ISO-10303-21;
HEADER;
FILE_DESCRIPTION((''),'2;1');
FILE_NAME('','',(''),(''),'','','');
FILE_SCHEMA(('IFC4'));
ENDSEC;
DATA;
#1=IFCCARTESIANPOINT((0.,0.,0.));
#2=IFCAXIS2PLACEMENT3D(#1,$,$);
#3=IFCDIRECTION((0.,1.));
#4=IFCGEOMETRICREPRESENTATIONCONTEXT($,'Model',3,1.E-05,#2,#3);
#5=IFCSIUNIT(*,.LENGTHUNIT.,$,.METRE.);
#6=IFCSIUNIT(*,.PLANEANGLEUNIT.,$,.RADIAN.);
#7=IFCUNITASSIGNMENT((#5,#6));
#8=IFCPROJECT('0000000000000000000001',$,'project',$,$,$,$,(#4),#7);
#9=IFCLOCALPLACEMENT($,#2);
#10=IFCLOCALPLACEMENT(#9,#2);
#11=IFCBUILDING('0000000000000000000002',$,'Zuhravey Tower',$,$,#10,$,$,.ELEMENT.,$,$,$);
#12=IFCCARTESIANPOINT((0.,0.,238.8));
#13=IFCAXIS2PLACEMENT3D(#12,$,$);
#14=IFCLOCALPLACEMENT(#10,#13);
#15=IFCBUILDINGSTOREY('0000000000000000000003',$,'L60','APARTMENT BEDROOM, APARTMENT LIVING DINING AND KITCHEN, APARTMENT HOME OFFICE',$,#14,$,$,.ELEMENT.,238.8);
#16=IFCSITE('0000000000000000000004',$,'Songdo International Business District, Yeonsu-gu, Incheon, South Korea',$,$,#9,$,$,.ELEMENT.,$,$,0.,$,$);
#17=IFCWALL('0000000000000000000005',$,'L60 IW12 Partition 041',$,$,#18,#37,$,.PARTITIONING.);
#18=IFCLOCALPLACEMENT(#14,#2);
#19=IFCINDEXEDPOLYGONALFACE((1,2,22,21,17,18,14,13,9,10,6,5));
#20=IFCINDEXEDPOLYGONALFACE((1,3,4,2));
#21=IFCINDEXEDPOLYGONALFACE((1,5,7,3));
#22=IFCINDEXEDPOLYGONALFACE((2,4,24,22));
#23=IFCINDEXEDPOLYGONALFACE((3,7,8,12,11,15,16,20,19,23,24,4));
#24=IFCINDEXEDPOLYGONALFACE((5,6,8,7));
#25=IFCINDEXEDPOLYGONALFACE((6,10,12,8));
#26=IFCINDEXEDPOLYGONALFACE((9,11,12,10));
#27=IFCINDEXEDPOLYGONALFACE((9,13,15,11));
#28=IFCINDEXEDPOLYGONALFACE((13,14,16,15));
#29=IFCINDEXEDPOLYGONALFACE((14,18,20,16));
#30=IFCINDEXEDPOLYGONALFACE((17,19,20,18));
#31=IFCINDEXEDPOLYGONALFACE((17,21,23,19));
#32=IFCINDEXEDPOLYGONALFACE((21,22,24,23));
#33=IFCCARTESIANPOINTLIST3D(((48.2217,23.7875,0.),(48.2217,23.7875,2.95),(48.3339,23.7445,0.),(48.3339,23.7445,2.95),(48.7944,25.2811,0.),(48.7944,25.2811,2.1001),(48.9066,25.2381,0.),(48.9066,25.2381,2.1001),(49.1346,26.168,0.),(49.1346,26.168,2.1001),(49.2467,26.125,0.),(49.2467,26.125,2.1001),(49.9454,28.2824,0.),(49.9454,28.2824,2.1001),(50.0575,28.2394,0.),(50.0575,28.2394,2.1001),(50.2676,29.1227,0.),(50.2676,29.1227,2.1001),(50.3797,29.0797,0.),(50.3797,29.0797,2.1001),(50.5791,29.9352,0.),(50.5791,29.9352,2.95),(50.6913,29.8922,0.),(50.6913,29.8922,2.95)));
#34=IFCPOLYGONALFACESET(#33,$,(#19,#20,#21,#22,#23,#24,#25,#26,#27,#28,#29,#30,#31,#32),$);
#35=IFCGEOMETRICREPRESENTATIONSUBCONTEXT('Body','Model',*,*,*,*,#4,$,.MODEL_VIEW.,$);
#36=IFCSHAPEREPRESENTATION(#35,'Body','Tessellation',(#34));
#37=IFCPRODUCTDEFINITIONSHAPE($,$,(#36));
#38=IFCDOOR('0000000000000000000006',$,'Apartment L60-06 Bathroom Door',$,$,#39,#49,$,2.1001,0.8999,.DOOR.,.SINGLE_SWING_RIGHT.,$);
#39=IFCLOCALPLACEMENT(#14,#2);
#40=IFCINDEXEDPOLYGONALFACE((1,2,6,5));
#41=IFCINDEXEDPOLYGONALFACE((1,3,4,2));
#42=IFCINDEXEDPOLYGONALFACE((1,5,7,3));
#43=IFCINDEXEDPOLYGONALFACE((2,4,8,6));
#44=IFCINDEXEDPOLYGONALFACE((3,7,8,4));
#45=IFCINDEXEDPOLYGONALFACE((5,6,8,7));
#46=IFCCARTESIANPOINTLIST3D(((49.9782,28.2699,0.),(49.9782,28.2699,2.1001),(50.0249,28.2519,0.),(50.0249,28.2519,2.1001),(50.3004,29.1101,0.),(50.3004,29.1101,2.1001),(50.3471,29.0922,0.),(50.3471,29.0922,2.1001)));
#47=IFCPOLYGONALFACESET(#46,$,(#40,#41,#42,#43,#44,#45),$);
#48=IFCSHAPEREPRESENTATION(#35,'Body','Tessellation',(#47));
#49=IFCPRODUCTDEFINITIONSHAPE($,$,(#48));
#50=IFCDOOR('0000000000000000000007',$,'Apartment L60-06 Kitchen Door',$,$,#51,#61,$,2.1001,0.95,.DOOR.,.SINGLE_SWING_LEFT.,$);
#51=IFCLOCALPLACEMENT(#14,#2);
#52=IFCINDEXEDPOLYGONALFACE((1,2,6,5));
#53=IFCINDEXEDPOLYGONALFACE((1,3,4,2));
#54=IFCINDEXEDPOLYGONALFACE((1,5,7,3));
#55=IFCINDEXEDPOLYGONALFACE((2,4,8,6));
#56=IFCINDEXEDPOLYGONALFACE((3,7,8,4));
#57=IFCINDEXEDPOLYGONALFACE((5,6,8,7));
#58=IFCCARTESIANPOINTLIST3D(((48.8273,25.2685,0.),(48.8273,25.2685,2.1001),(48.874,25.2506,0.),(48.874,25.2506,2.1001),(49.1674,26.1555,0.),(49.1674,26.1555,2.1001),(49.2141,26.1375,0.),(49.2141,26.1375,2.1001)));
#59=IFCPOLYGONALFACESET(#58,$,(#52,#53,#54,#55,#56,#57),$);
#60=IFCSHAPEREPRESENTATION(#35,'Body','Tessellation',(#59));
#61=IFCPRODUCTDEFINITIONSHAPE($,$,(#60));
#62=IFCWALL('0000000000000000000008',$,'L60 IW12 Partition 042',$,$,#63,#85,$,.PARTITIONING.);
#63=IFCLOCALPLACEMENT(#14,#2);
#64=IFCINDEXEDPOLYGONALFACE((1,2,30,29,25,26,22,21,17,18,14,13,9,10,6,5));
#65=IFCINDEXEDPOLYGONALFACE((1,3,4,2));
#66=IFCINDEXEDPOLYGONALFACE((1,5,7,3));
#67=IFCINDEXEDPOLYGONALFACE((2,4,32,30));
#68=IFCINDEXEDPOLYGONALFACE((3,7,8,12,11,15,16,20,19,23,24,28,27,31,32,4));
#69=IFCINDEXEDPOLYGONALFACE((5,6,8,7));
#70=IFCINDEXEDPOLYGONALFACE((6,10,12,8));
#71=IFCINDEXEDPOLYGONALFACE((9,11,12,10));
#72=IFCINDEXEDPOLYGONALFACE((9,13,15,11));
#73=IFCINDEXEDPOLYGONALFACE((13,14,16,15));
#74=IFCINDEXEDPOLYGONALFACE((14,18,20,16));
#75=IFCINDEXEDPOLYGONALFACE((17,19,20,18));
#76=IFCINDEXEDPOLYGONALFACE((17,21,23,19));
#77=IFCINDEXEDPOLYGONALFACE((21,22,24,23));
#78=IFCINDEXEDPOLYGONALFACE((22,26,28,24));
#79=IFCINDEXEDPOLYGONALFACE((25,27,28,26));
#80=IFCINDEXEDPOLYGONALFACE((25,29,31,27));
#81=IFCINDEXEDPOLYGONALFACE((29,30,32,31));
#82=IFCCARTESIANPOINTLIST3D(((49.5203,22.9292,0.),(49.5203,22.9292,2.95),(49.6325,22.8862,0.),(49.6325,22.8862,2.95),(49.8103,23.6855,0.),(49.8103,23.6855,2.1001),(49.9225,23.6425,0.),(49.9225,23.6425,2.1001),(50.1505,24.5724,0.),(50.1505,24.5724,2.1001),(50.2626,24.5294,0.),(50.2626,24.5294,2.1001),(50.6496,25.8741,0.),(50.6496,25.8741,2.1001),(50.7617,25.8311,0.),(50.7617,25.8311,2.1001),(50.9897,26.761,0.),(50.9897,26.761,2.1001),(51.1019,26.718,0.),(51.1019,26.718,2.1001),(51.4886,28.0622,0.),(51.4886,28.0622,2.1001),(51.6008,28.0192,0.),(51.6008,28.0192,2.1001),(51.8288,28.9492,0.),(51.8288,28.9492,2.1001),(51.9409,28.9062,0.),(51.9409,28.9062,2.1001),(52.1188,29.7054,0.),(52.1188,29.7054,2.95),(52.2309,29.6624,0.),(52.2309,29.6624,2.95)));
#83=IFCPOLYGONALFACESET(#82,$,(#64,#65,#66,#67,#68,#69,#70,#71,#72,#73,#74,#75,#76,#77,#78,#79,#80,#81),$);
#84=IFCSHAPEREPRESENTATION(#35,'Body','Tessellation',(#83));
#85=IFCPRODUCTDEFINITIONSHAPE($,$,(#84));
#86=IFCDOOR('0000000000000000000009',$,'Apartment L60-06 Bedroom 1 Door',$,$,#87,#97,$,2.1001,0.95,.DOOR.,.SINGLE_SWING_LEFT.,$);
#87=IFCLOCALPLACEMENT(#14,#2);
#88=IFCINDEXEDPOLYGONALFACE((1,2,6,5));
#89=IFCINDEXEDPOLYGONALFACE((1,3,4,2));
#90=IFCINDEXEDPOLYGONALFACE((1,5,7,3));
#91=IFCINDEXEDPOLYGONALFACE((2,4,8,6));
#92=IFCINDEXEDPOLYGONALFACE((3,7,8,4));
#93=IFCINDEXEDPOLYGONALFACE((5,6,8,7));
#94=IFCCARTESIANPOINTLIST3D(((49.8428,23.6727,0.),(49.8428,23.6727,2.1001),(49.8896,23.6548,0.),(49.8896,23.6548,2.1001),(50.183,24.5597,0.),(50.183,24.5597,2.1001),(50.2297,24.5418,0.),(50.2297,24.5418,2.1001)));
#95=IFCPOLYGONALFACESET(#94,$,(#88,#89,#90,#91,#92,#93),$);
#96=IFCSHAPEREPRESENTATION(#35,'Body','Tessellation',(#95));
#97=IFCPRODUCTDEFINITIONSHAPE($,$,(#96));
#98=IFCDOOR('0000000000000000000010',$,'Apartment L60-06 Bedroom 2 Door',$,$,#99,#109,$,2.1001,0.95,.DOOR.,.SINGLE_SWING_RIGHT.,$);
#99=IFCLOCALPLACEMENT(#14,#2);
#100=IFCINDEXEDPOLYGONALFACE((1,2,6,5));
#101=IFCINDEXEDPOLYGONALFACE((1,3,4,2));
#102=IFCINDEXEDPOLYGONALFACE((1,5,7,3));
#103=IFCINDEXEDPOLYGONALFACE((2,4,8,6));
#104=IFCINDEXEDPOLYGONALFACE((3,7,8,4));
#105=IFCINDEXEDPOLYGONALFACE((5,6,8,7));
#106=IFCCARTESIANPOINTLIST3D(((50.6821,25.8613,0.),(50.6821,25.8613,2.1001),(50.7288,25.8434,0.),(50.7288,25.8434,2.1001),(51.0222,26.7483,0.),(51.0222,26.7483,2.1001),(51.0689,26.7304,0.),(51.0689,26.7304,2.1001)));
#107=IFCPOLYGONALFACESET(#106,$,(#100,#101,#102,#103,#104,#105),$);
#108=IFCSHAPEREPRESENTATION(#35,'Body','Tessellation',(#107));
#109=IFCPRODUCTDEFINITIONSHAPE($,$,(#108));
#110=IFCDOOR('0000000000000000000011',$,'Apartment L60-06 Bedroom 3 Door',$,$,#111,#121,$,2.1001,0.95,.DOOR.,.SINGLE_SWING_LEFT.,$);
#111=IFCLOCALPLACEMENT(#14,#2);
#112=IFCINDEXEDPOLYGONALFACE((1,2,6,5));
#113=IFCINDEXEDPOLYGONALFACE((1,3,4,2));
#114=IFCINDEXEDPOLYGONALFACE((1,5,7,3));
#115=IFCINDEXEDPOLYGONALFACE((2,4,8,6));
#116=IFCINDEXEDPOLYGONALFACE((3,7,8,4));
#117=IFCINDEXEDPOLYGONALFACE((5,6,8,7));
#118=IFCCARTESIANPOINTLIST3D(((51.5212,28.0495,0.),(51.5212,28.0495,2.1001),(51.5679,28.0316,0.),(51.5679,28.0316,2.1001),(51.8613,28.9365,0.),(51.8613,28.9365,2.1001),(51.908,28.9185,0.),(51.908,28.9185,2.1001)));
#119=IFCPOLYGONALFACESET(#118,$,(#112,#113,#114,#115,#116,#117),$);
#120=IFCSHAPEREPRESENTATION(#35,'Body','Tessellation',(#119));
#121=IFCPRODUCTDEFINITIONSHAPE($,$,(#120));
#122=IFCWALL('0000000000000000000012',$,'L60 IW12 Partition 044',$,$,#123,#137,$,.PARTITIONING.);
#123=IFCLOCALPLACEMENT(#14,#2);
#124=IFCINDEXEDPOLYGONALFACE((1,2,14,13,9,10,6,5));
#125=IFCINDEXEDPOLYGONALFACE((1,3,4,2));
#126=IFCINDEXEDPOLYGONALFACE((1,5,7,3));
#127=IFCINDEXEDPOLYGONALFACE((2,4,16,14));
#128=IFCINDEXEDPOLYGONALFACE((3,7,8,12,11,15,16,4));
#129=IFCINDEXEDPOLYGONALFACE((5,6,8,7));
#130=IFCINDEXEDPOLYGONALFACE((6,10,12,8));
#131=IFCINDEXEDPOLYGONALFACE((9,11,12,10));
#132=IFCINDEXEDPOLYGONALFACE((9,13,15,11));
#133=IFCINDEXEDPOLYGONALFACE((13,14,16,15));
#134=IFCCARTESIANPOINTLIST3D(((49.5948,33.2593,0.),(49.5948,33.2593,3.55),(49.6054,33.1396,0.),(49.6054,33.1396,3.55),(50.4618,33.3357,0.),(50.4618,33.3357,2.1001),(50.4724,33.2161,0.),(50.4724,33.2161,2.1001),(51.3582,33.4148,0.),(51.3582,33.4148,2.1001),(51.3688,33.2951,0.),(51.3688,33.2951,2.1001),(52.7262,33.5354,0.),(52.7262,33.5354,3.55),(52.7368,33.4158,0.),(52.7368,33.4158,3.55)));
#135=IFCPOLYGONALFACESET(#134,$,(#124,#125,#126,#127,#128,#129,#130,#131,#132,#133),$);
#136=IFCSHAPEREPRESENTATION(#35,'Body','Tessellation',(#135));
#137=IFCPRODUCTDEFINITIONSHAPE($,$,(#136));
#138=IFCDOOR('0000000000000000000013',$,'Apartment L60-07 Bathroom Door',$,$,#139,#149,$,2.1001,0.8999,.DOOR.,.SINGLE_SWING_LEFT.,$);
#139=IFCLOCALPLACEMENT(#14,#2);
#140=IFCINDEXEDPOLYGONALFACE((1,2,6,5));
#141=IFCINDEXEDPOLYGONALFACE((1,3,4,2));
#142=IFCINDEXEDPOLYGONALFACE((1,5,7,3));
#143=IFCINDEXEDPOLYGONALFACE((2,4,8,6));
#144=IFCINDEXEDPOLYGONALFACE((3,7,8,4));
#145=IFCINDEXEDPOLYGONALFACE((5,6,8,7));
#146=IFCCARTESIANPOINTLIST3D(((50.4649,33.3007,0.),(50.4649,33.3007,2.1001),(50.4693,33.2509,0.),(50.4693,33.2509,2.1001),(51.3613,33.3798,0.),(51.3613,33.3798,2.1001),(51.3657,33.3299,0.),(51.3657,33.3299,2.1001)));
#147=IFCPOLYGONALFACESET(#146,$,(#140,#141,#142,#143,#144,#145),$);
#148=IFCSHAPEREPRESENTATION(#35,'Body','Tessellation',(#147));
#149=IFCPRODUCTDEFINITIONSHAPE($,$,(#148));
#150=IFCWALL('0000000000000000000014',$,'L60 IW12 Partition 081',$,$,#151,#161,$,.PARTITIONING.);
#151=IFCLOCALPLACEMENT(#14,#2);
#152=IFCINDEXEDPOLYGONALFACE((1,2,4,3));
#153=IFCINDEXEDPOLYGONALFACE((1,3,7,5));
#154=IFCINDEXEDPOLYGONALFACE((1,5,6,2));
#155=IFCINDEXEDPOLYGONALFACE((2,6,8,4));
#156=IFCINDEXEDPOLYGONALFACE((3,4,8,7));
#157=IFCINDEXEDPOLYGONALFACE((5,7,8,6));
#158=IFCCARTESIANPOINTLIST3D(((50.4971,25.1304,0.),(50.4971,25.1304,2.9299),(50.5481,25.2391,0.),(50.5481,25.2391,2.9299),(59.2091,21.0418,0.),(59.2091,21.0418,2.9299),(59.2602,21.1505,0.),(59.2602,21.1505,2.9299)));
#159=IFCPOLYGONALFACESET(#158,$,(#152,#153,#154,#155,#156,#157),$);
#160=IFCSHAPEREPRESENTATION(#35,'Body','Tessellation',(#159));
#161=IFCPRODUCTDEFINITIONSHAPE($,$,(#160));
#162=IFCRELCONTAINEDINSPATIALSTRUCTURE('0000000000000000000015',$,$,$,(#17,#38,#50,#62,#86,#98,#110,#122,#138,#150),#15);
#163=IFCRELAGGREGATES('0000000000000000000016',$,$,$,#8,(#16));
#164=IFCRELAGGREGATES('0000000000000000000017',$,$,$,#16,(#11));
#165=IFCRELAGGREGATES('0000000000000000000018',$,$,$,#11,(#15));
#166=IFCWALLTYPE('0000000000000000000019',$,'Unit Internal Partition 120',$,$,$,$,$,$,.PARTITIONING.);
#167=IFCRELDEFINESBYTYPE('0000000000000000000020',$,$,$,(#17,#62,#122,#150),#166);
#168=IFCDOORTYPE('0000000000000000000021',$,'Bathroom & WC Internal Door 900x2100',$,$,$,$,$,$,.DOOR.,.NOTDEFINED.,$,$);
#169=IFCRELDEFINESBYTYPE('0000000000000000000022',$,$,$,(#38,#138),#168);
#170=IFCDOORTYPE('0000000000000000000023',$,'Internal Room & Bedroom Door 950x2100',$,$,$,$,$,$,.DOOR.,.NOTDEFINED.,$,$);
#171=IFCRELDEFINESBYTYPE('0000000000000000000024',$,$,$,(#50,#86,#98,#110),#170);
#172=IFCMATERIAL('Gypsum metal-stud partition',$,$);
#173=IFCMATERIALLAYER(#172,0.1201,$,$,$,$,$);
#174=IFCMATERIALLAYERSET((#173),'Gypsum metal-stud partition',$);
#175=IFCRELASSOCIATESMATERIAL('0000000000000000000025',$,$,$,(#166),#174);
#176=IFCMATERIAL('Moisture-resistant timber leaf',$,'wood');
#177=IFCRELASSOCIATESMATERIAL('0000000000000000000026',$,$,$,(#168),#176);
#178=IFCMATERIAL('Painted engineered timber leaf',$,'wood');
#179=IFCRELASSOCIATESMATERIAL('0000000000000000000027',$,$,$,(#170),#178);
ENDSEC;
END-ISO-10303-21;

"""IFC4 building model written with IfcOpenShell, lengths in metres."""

from ifc_helpers import new_model, si_unit, direction, frame, frame_2d, origin, place, context, subcontext, project, spatial, rectangle, extrude, material, layer, layer_set, type_object, element, fill, save


model = new_model("IFC4")

# Units and contexts
model_context = context("Model", 3, precision=1e-05, world=origin(), true_north=direction((0.0, 1.0)))
body_context = subcontext(model_context, "Body", "Model", "MODEL_VIEW")
ifc_project = project(units=[si_unit("LENGTHUNIT", "METRE"), si_unit("PLANEANGLEUNIT", "RADIAN")], contexts=[model_context])

# Site, building, storey
site_placement = place(None, origin())
site = spatial("IfcSite", under=ifc_project, at=site_placement, Name="Songdo International Business District, Yeonsu-gu, Incheon, South Korea", CompositionType="ELEMENT", RefElevation=0.0)
building_placement = place(site_placement, origin())
building = spatial("IfcBuilding", under=site, at=building_placement, Name="Zuhravey Tower", CompositionType="ELEMENT")
storey_placement = place(building_placement, frame((0.0, 0.0, 238.8)))
storey = spatial("IfcBuildingStorey", under=building, at=storey_placement, Name="L60", Description="APARTMENT BEDROOM, APARTMENT LIVING DINING AND KITCHEN, APARTMENT HOME OFFICE", CompositionType="ELEMENT", Elevation=238.8)

# Walls, openings, doors
ifc_material_1 = material(Name="Gypsum metal-stud partition")
ifc_layer_1 = layer(ifc_material_1, 0.1201)
ifc_layer_set_1 = layer_set([ifc_layer_1], Name="Gypsum metal-stud partition")
wall_type_1 = type_object("IfcWallType", Name="Unit Internal Partition 120", PredefinedType="PARTITIONING", material=ifc_layer_set_1)
wall_1_placement = place(storey_placement, frame((48.2778, 23.7661, 0.0), z_axis=(0.0, 0.0, 1.0), x_axis=(0.358042, 0.933705, 0.0)))
wall_1 = element("IfcWall", 1, at=wall_1_placement, inside=storey, type_object=wall_type_1, Name="L60 IW12 Partition 041", PredefinedType="PARTITIONING", context=body_context, shape_type="SweptSolid", body=[
    extrude(rectangle(XDim=6.5842, YDim=0.1201, at=frame_2d((3.292, 0.0))), origin(), (0.0, 0.0, 1.0), 2.95),
])
opening_1_placement = place(wall_1_placement, frame((1.5994, 0.0, 0.0)))
opening_1 = element("IfcOpeningElement", 2, at=opening_1_placement, cuts=wall_1, PredefinedType="OPENING", context=body_context, shape_type="SweptSolid", body=[
    extrude(rectangle(XDim=0.95, YDim=2.1001, at=frame_2d((0.4751, 1.05))), frame((0.0, 0.072, 0.0), z_axis=(0.0, -1.0, 0.0), x_axis=(1.0, 0.0, 0.0)), (0.0, 0.0, 1.0), 0.144),
])
opening_2_placement = place(wall_1_placement, frame((4.814, 0.0, 0.0)))
opening_2 = element("IfcOpeningElement", 3, at=opening_2_placement, cuts=wall_1, PredefinedType="OPENING", context=body_context, shape_type="SweptSolid", body=[
    extrude(rectangle(XDim=0.8999, YDim=2.1001, at=frame_2d((0.45, 1.05))), frame((0.0, 0.072, 0.0), z_axis=(0.0, -1.0, 0.0), x_axis=(1.0, 0.0, 0.0)), (0.0, 0.0, 1.0), 0.144),
])
ifc_material_2 = material(Name="Moisture-resistant timber leaf", Category="wood")
door_type_1 = type_object("IfcDoorType", Name="Bathroom & WC Internal Door 900x2100", OperationType="NOTDEFINED", PredefinedType="DOOR", material=ifc_material_2)
door_1_placement = place(opening_2_placement, origin())
door_1 = element("IfcDoor", 4, at=door_1_placement, inside=storey, type_object=door_type_1, Name="Apartment L60-06 Bathroom Door", OperationType="SINGLE_SWING_RIGHT", OverallHeight=2.1001, OverallWidth=0.8999, PredefinedType="DOOR", context=body_context, shape_type="SweptSolid", body=[
    extrude(rectangle(XDim=0.8999, YDim=2.1001, at=frame_2d((0.45, 1.05))), frame((0.0, 0.0249, 0.0), z_axis=(0.0, -1.0, 0.0), x_axis=(1.0, 0.0, 0.0)), (0.0, 0.0, 1.0), 0.05),
])
fill(opening_2, door_1)
ifc_material_3 = material(Name="Painted engineered timber leaf", Category="wood")
door_type_2 = type_object("IfcDoorType", Name="Internal Room & Bedroom Door 950x2100", OperationType="NOTDEFINED", PredefinedType="DOOR", material=ifc_material_3)
door_2_placement = place(opening_1_placement, origin())
door_2 = element("IfcDoor", 5, at=door_2_placement, inside=storey, type_object=door_type_2, Name="Apartment L60-06 Kitchen Door", OperationType="SINGLE_SWING_LEFT", OverallHeight=2.1001, OverallWidth=0.95, PredefinedType="DOOR", context=body_context, shape_type="SweptSolid", body=[
    extrude(rectangle(XDim=0.95, YDim=2.1001, at=frame_2d((0.4751, 1.05))), frame((0.0, 0.0249, 0.0), z_axis=(0.0, -1.0, 0.0), x_axis=(1.0, 0.0, 0.0)), (0.0, 0.0, 1.0), 0.05),
])
fill(opening_1, door_2)
wall_2_placement = place(storey_placement, frame((49.5764, 22.9077, 0.0), z_axis=(0.0, 0.0, 1.0), x_axis=(0.358041, 0.933706, 0.0)))
wall_2 = element("IfcWall", 6, at=wall_2_placement, inside=storey, type_object=wall_type_1, Name="L60 IW12 Partition 042", PredefinedType="PARTITIONING", context=body_context, shape_type="SweptSolid", body=[
    extrude(rectangle(XDim=7.2573, YDim=0.1201, at=frame_2d((3.6287, 0.0))), origin(), (0.0, 0.0, 1.0), 2.95),
])
opening_3_placement = place(wall_2_placement, frame((0.8098, 0.0, 0.0)))
opening_3 = element("IfcOpeningElement", 7, at=opening_3_placement, cuts=wall_2, PredefinedType="OPENING", context=body_context, shape_type="SweptSolid", body=[
    extrude(rectangle(XDim=0.95, YDim=2.1001, at=frame_2d((0.4751, 1.05))), frame((0.0, 0.072, 0.0), z_axis=(0.0, -1.0, 0.0), x_axis=(1.0, 0.0, 0.0)), (0.0, 0.0, 1.0), 0.144),
])
opening_4_placement = place(wall_2_placement, frame((3.1538, 0.0, 0.0)))
opening_4 = element("IfcOpeningElement", 8, at=opening_4_placement, cuts=wall_2, PredefinedType="OPENING", context=body_context, shape_type="SweptSolid", body=[
    extrude(rectangle(XDim=0.95, YDim=2.1001, at=frame_2d((0.4751, 1.05))), frame((0.0, 0.072, 0.0), z_axis=(0.0, -1.0, 0.0), x_axis=(1.0, 0.0, 0.0)), (0.0, 0.0, 1.0), 0.144),
])
opening_5_placement = place(wall_2_placement, frame((5.4973, 0.0, 0.0)))
opening_5 = element("IfcOpeningElement", 9, at=opening_5_placement, cuts=wall_2, PredefinedType="OPENING", context=body_context, shape_type="SweptSolid", body=[
    extrude(rectangle(XDim=0.95, YDim=2.1001, at=frame_2d((0.4751, 1.05))), frame((0.0, 0.072, 0.0), z_axis=(0.0, -1.0, 0.0), x_axis=(1.0, 0.0, 0.0)), (0.0, 0.0, 1.0), 0.144),
])
door_3_placement = place(opening_3_placement, frame((0.95, 0.0, 0.0), z_axis=(0.0, 0.0, 1.0), x_axis=(-1.0, 0.0, 0.0)))
door_3 = element("IfcDoor", 10, at=door_3_placement, inside=storey, type_object=door_type_2, Name="Apartment L60-06 Bedroom 1 Door", OperationType="SINGLE_SWING_LEFT", OverallHeight=2.1001, OverallWidth=0.95, PredefinedType="DOOR", context=body_context, shape_type="SweptSolid", body=[
    extrude(rectangle(XDim=0.95, YDim=2.1001, at=frame_2d((0.4751, 1.05))), frame((0.0, 0.0249, 0.0), z_axis=(0.0, -1.0, 0.0), x_axis=(1.0, 0.0, 0.0)), (0.0, 0.0, 1.0), 0.05),
])
fill(opening_3, door_3)
door_4_placement = place(opening_4_placement, frame((0.95, 0.0, 0.0), z_axis=(0.0, 0.0, 1.0), x_axis=(-1.0, 0.0, 0.0)))
door_4 = element("IfcDoor", 11, at=door_4_placement, inside=storey, type_object=door_type_2, Name="Apartment L60-06 Bedroom 2 Door", OperationType="SINGLE_SWING_RIGHT", OverallHeight=2.1001, OverallWidth=0.95, PredefinedType="DOOR", context=body_context, shape_type="SweptSolid", body=[
    extrude(rectangle(XDim=0.95, YDim=2.1001, at=frame_2d((0.4751, 1.05))), frame((0.0, 0.0249, 0.0), z_axis=(0.0, -1.0, 0.0), x_axis=(1.0, 0.0, 0.0)), (0.0, 0.0, 1.0), 0.05),
])
fill(opening_4, door_4)
door_5_placement = place(opening_5_placement, frame((0.95, 0.0, 0.0), z_axis=(0.0, 0.0, 1.0), x_axis=(-1.0, 0.0, 0.0)))
door_5 = element("IfcDoor", 12, at=door_5_placement, inside=storey, type_object=door_type_2, Name="Apartment L60-06 Bedroom 3 Door", OperationType="SINGLE_SWING_LEFT", OverallHeight=2.1001, OverallWidth=0.95, PredefinedType="DOOR", context=body_context, shape_type="SweptSolid", body=[
    extrude(rectangle(XDim=0.95, YDim=2.1001, at=frame_2d((0.4751, 1.05))), frame((0.0, 0.0249, 0.0), z_axis=(0.0, -1.0, 0.0), x_axis=(1.0, 0.0, 0.0)), (0.0, 0.0, 1.0), 0.05),
])
fill(opening_5, door_5)

# Wall, opening, door
wall_3_placement = place(storey_placement, frame((49.6001, 33.1995, 0.0), z_axis=(0.0, 0.0, 1.0), x_axis=(0.996135, 0.087839, 0.0)))
wall_3 = element("IfcWall", 13, at=wall_3_placement, inside=storey, type_object=wall_type_1, Name="L60 IW12 Partition 044", PredefinedType="PARTITIONING", context=body_context, shape_type="SweptSolid", body=[
    extrude(rectangle(XDim=3.1436, YDim=0.1201, at=frame_2d((1.5718, 0.0))), origin(), (0.0, 0.0, 1.0), 3.55),
])
opening_6_placement = place(wall_3_placement, frame((0.8704, 0.0, 0.0)))
opening_6 = element("IfcOpeningElement", 14, at=opening_6_placement, cuts=wall_3, PredefinedType="OPENING", context=body_context, shape_type="SweptSolid", body=[
    extrude(rectangle(XDim=0.8999, YDim=2.1001, at=frame_2d((0.45, 1.05))), frame((0.0, 0.072, 0.0), z_axis=(0.0, -1.0, 0.0), x_axis=(1.0, 0.0, 0.0)), (0.0, 0.0, 1.0), 0.144),
])
door_6_placement = place(opening_6_placement, origin())
door_6 = element("IfcDoor", 15, at=door_6_placement, inside=storey, type_object=door_type_1, Name="Apartment L60-07 Bathroom Door", OperationType="SINGLE_SWING_LEFT", OverallHeight=2.1001, OverallWidth=0.8999, PredefinedType="DOOR", context=body_context, shape_type="SweptSolid", body=[
    extrude(rectangle(XDim=0.8999, YDim=2.1001, at=frame_2d((0.45, 1.05))), frame((0.0, 0.0249, 0.0), z_axis=(0.0, -1.0, 0.0), x_axis=(1.0, 0.0, 0.0)), (0.0, 0.0, 1.0), 0.05),
])
fill(opening_6, door_6)

# Wall
wall_4_placement = place(storey_placement, frame((50.5225, 25.1848, 0.0), z_axis=(0.0, 0.0, 1.0), x_axis=(0.905267, -0.424843, 0.0)))
element("IfcWall", 16, at=wall_4_placement, inside=storey, type_object=wall_type_1, Name="L60 IW12 Partition 081", PredefinedType="PARTITIONING", context=body_context, shape_type="SweptSolid", body=[
    extrude(rectangle(XDim=9.6238, YDim=0.1201, at=frame_2d((4.812, 0.0))), origin(), (0.0, 0.0, 1.0), 2.9299),
])

save(model, "model.ifc")
